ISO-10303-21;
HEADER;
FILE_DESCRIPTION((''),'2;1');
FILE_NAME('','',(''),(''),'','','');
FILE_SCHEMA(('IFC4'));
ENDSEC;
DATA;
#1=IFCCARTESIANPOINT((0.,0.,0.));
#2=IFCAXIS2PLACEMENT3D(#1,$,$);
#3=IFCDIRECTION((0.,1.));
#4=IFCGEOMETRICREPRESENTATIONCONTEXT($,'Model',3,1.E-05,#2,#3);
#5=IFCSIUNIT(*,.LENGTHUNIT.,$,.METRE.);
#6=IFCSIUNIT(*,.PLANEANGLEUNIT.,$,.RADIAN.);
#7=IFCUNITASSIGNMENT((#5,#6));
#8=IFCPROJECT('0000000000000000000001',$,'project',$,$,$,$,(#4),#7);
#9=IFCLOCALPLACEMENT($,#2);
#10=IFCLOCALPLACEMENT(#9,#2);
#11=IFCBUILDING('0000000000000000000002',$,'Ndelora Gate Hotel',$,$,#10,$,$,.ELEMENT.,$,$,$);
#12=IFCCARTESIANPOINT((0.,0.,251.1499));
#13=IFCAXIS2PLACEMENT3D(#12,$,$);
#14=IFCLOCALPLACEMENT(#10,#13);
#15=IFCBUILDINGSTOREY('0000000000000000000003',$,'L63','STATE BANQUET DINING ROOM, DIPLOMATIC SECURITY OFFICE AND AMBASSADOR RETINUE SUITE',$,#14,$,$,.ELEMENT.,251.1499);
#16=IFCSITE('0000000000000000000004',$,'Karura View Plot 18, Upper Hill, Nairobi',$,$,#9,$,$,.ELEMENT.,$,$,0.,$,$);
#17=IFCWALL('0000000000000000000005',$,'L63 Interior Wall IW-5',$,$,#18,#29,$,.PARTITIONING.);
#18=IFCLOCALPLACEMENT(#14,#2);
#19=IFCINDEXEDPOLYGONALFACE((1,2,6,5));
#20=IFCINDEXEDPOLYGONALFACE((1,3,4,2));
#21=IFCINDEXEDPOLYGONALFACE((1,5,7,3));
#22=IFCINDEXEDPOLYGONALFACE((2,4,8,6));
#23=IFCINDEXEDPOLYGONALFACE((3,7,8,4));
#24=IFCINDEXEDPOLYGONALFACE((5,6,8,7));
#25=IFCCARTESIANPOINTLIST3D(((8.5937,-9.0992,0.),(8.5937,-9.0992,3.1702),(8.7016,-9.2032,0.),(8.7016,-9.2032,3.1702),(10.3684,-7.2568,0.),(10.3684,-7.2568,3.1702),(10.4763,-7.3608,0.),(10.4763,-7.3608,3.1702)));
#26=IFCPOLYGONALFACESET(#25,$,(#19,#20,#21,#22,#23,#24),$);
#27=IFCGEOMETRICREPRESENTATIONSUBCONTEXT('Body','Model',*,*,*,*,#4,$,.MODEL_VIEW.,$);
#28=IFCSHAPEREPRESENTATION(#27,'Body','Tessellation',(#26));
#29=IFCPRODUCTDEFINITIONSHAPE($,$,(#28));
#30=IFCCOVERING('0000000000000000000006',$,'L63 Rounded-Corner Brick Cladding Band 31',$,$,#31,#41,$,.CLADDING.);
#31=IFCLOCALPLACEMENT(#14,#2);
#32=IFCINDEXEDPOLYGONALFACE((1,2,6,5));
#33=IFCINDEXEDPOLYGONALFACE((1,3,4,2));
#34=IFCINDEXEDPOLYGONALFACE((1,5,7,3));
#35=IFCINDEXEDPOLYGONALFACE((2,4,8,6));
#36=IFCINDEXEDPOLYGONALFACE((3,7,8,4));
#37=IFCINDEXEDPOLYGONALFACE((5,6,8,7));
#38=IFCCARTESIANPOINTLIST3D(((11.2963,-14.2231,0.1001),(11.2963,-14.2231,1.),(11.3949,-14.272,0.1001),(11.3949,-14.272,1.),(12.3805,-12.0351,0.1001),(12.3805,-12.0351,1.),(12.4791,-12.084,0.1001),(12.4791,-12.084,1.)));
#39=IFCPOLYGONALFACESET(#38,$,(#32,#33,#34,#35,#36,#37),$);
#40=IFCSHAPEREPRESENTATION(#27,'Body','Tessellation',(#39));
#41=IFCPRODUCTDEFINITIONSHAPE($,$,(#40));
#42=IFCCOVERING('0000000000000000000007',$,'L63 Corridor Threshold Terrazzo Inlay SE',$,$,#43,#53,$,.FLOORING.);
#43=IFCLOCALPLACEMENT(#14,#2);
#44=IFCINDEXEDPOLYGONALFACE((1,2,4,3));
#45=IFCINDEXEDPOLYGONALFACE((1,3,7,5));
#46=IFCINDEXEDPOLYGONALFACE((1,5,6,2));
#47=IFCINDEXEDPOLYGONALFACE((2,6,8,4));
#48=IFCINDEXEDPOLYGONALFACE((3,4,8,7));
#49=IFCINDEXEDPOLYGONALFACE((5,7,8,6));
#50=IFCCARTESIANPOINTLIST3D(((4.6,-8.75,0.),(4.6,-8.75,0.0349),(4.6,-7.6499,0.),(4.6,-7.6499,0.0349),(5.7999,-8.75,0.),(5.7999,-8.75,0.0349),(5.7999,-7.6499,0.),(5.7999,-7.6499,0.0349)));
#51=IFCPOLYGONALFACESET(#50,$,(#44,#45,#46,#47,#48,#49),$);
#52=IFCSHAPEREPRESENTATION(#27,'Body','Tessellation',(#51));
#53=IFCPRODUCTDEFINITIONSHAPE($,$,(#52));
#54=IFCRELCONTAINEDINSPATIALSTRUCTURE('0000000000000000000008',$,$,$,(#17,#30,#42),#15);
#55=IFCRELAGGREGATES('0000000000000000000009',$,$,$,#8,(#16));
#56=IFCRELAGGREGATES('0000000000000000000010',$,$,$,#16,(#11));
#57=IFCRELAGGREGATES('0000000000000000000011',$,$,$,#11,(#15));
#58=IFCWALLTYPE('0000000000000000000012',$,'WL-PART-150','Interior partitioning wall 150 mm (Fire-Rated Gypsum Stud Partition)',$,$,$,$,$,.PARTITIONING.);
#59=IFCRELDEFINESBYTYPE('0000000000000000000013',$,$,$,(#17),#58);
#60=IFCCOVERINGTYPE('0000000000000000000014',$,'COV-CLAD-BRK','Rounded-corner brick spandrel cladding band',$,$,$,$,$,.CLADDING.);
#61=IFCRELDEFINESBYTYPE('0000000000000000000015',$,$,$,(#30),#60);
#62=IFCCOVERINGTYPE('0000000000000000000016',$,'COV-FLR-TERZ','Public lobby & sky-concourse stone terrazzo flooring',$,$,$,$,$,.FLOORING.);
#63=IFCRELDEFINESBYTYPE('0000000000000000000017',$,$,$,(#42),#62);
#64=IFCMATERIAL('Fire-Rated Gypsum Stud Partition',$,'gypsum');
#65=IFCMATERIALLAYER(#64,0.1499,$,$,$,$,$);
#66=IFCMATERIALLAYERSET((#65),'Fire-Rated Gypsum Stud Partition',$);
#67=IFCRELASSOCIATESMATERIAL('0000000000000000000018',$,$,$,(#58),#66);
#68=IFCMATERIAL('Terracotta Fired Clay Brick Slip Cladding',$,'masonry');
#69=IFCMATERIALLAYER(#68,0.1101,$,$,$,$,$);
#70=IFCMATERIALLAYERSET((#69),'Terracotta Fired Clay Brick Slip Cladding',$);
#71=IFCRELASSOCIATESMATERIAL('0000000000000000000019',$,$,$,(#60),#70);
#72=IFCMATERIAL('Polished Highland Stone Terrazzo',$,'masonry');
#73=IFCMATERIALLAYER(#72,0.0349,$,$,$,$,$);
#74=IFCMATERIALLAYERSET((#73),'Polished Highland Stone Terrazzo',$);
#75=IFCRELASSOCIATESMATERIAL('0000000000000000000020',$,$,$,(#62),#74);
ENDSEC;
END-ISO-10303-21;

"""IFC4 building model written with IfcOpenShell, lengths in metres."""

from ifc_helpers import new_model, si_unit, direction, frame, frame_2d, origin, origin_2d, place, context, subcontext, project, spatial, rectangle, extrude, material, layer, layer_set, type_object, element, save


model = new_model("IFC4")

# Units and contexts
model_context = context("Model", 3, precision=1e-05, world=origin(), true_north=direction((0.0, 1.0)))
body_context = subcontext(model_context, "Body", "Model", "MODEL_VIEW")
ifc_project = project(units=[si_unit("LENGTHUNIT", "METRE"), si_unit("PLANEANGLEUNIT", "RADIAN")], contexts=[model_context])

# Site, building, storey
site_placement = place(None, origin())
site = spatial("IfcSite", under=ifc_project, at=site_placement, Name="Karura View Plot 18, Upper Hill, Nairobi", CompositionType="ELEMENT", RefElevation=0.0)
building_placement = place(site_placement, origin())
building = spatial("IfcBuilding", under=site, at=building_placement, Name="Ndelora Gate Hotel", CompositionType="ELEMENT")
storey_placement = place(building_placement, frame((0.0, 0.0, 251.1499)))
storey = spatial("IfcBuildingStorey", under=building, at=storey_placement, Name="L63", Description="STATE BANQUET DINING ROOM, DIPLOMATIC SECURITY OFFICE AND AMBASSADOR RETINUE SUITE", CompositionType="ELEMENT", Elevation=251.1499)

# Shared definitions
ifc_material_1 = material(Name="Fire-Rated Gypsum Stud Partition", Category="gypsum")
ifc_layer_1 = layer(ifc_material_1, 0.1499)
ifc_layer_set_1 = layer_set([ifc_layer_1], Name="Fire-Rated Gypsum Stud Partition")
wall_type_1 = type_object("IfcWallType", Name="WL-PART-150", Description="Interior partitioning wall 150 mm (Fire-Rated Gypsum Stud Partition)", PredefinedType="PARTITIONING", material=ifc_layer_set_1)

# Wall
wall_1_placement = place(storey_placement, frame((10.4224, -7.3088, 0.0), z_axis=(0.0, 0.0, 1.0), x_axis=(-0.693765, -0.720202, 0.0)))
element("IfcWall", 1, at=wall_1_placement, inside=storey, type_object=wall_type_1, Name="L63 Interior Wall IW-5", PredefinedType="PARTITIONING", context=body_context, shape_type="SweptSolid", body=[
    extrude(rectangle(XDim=2.5581, YDim=0.1499, at=frame_2d((1.2791, 0.0))), origin(), (0.0, 0.0, 1.0), 3.1702),
])

# Coverings
ifc_material_2 = material(Name="Terracotta Fired Clay Brick Slip Cladding", Category="masonry")
ifc_layer_2 = layer(ifc_material_2, 0.1101)
ifc_layer_set_2 = layer_set([ifc_layer_2], Name="Terracotta Fired Clay Brick Slip Cladding")
covering_type_1 = type_object("IfcCoveringType", Name="COV-CLAD-BRK", Description="Rounded-corner brick spandrel cladding band", PredefinedType="CLADDING", material=ifc_layer_set_2)
covering_1_placement = place(storey_placement, frame((11.8877, -13.1536, 0.1001), z_axis=(0.0, 0.0, 1.0), x_axis=(0.44401, 0.896022, 0.0)))
element("IfcCovering", 2, at=covering_1_placement, inside=storey, type_object=covering_type_1, Name="L63 Rounded-Corner Brick Cladding Band 31", PredefinedType="CLADDING", context=body_context, shape_type="SweptSolid", body=[
    extrude(rectangle(XDim=2.4419, YDim=0.1101, at=origin_2d()), origin(), (0.0, 0.0, 1.0), 0.8999),
])
ifc_material_3 = material(Name="Polished Highland Stone Terrazzo", Category="masonry")
ifc_layer_3 = layer(ifc_material_3, 0.0349)
ifc_layer_set_3 = layer_set([ifc_layer_3], Name="Polished Highland Stone Terrazzo")
covering_type_2 = type_object("IfcCoveringType", Name="COV-FLR-TERZ", Description="Public lobby & sky-concourse stone terrazzo flooring", PredefinedType="FLOORING", material=ifc_layer_set_3)
covering_2_placement = place(storey_placement, frame((5.2, -8.2, 0.0), z_axis=(0.0, 0.0, 1.0), x_axis=(1.0, 0.0, 0.0)))
element("IfcCovering", 3, at=covering_2_placement, inside=storey, type_object=covering_type_2, Name="L63 Corridor Threshold Terrazzo Inlay SE", PredefinedType="FLOORING", context=body_context, shape_type="SweptSolid", body=[
    extrude(rectangle(XDim=1.2, YDim=1.1001, at=origin_2d()), origin(), (0.0, 0.0, 1.0), 0.0349),
])

save(model, "model.ifc")
